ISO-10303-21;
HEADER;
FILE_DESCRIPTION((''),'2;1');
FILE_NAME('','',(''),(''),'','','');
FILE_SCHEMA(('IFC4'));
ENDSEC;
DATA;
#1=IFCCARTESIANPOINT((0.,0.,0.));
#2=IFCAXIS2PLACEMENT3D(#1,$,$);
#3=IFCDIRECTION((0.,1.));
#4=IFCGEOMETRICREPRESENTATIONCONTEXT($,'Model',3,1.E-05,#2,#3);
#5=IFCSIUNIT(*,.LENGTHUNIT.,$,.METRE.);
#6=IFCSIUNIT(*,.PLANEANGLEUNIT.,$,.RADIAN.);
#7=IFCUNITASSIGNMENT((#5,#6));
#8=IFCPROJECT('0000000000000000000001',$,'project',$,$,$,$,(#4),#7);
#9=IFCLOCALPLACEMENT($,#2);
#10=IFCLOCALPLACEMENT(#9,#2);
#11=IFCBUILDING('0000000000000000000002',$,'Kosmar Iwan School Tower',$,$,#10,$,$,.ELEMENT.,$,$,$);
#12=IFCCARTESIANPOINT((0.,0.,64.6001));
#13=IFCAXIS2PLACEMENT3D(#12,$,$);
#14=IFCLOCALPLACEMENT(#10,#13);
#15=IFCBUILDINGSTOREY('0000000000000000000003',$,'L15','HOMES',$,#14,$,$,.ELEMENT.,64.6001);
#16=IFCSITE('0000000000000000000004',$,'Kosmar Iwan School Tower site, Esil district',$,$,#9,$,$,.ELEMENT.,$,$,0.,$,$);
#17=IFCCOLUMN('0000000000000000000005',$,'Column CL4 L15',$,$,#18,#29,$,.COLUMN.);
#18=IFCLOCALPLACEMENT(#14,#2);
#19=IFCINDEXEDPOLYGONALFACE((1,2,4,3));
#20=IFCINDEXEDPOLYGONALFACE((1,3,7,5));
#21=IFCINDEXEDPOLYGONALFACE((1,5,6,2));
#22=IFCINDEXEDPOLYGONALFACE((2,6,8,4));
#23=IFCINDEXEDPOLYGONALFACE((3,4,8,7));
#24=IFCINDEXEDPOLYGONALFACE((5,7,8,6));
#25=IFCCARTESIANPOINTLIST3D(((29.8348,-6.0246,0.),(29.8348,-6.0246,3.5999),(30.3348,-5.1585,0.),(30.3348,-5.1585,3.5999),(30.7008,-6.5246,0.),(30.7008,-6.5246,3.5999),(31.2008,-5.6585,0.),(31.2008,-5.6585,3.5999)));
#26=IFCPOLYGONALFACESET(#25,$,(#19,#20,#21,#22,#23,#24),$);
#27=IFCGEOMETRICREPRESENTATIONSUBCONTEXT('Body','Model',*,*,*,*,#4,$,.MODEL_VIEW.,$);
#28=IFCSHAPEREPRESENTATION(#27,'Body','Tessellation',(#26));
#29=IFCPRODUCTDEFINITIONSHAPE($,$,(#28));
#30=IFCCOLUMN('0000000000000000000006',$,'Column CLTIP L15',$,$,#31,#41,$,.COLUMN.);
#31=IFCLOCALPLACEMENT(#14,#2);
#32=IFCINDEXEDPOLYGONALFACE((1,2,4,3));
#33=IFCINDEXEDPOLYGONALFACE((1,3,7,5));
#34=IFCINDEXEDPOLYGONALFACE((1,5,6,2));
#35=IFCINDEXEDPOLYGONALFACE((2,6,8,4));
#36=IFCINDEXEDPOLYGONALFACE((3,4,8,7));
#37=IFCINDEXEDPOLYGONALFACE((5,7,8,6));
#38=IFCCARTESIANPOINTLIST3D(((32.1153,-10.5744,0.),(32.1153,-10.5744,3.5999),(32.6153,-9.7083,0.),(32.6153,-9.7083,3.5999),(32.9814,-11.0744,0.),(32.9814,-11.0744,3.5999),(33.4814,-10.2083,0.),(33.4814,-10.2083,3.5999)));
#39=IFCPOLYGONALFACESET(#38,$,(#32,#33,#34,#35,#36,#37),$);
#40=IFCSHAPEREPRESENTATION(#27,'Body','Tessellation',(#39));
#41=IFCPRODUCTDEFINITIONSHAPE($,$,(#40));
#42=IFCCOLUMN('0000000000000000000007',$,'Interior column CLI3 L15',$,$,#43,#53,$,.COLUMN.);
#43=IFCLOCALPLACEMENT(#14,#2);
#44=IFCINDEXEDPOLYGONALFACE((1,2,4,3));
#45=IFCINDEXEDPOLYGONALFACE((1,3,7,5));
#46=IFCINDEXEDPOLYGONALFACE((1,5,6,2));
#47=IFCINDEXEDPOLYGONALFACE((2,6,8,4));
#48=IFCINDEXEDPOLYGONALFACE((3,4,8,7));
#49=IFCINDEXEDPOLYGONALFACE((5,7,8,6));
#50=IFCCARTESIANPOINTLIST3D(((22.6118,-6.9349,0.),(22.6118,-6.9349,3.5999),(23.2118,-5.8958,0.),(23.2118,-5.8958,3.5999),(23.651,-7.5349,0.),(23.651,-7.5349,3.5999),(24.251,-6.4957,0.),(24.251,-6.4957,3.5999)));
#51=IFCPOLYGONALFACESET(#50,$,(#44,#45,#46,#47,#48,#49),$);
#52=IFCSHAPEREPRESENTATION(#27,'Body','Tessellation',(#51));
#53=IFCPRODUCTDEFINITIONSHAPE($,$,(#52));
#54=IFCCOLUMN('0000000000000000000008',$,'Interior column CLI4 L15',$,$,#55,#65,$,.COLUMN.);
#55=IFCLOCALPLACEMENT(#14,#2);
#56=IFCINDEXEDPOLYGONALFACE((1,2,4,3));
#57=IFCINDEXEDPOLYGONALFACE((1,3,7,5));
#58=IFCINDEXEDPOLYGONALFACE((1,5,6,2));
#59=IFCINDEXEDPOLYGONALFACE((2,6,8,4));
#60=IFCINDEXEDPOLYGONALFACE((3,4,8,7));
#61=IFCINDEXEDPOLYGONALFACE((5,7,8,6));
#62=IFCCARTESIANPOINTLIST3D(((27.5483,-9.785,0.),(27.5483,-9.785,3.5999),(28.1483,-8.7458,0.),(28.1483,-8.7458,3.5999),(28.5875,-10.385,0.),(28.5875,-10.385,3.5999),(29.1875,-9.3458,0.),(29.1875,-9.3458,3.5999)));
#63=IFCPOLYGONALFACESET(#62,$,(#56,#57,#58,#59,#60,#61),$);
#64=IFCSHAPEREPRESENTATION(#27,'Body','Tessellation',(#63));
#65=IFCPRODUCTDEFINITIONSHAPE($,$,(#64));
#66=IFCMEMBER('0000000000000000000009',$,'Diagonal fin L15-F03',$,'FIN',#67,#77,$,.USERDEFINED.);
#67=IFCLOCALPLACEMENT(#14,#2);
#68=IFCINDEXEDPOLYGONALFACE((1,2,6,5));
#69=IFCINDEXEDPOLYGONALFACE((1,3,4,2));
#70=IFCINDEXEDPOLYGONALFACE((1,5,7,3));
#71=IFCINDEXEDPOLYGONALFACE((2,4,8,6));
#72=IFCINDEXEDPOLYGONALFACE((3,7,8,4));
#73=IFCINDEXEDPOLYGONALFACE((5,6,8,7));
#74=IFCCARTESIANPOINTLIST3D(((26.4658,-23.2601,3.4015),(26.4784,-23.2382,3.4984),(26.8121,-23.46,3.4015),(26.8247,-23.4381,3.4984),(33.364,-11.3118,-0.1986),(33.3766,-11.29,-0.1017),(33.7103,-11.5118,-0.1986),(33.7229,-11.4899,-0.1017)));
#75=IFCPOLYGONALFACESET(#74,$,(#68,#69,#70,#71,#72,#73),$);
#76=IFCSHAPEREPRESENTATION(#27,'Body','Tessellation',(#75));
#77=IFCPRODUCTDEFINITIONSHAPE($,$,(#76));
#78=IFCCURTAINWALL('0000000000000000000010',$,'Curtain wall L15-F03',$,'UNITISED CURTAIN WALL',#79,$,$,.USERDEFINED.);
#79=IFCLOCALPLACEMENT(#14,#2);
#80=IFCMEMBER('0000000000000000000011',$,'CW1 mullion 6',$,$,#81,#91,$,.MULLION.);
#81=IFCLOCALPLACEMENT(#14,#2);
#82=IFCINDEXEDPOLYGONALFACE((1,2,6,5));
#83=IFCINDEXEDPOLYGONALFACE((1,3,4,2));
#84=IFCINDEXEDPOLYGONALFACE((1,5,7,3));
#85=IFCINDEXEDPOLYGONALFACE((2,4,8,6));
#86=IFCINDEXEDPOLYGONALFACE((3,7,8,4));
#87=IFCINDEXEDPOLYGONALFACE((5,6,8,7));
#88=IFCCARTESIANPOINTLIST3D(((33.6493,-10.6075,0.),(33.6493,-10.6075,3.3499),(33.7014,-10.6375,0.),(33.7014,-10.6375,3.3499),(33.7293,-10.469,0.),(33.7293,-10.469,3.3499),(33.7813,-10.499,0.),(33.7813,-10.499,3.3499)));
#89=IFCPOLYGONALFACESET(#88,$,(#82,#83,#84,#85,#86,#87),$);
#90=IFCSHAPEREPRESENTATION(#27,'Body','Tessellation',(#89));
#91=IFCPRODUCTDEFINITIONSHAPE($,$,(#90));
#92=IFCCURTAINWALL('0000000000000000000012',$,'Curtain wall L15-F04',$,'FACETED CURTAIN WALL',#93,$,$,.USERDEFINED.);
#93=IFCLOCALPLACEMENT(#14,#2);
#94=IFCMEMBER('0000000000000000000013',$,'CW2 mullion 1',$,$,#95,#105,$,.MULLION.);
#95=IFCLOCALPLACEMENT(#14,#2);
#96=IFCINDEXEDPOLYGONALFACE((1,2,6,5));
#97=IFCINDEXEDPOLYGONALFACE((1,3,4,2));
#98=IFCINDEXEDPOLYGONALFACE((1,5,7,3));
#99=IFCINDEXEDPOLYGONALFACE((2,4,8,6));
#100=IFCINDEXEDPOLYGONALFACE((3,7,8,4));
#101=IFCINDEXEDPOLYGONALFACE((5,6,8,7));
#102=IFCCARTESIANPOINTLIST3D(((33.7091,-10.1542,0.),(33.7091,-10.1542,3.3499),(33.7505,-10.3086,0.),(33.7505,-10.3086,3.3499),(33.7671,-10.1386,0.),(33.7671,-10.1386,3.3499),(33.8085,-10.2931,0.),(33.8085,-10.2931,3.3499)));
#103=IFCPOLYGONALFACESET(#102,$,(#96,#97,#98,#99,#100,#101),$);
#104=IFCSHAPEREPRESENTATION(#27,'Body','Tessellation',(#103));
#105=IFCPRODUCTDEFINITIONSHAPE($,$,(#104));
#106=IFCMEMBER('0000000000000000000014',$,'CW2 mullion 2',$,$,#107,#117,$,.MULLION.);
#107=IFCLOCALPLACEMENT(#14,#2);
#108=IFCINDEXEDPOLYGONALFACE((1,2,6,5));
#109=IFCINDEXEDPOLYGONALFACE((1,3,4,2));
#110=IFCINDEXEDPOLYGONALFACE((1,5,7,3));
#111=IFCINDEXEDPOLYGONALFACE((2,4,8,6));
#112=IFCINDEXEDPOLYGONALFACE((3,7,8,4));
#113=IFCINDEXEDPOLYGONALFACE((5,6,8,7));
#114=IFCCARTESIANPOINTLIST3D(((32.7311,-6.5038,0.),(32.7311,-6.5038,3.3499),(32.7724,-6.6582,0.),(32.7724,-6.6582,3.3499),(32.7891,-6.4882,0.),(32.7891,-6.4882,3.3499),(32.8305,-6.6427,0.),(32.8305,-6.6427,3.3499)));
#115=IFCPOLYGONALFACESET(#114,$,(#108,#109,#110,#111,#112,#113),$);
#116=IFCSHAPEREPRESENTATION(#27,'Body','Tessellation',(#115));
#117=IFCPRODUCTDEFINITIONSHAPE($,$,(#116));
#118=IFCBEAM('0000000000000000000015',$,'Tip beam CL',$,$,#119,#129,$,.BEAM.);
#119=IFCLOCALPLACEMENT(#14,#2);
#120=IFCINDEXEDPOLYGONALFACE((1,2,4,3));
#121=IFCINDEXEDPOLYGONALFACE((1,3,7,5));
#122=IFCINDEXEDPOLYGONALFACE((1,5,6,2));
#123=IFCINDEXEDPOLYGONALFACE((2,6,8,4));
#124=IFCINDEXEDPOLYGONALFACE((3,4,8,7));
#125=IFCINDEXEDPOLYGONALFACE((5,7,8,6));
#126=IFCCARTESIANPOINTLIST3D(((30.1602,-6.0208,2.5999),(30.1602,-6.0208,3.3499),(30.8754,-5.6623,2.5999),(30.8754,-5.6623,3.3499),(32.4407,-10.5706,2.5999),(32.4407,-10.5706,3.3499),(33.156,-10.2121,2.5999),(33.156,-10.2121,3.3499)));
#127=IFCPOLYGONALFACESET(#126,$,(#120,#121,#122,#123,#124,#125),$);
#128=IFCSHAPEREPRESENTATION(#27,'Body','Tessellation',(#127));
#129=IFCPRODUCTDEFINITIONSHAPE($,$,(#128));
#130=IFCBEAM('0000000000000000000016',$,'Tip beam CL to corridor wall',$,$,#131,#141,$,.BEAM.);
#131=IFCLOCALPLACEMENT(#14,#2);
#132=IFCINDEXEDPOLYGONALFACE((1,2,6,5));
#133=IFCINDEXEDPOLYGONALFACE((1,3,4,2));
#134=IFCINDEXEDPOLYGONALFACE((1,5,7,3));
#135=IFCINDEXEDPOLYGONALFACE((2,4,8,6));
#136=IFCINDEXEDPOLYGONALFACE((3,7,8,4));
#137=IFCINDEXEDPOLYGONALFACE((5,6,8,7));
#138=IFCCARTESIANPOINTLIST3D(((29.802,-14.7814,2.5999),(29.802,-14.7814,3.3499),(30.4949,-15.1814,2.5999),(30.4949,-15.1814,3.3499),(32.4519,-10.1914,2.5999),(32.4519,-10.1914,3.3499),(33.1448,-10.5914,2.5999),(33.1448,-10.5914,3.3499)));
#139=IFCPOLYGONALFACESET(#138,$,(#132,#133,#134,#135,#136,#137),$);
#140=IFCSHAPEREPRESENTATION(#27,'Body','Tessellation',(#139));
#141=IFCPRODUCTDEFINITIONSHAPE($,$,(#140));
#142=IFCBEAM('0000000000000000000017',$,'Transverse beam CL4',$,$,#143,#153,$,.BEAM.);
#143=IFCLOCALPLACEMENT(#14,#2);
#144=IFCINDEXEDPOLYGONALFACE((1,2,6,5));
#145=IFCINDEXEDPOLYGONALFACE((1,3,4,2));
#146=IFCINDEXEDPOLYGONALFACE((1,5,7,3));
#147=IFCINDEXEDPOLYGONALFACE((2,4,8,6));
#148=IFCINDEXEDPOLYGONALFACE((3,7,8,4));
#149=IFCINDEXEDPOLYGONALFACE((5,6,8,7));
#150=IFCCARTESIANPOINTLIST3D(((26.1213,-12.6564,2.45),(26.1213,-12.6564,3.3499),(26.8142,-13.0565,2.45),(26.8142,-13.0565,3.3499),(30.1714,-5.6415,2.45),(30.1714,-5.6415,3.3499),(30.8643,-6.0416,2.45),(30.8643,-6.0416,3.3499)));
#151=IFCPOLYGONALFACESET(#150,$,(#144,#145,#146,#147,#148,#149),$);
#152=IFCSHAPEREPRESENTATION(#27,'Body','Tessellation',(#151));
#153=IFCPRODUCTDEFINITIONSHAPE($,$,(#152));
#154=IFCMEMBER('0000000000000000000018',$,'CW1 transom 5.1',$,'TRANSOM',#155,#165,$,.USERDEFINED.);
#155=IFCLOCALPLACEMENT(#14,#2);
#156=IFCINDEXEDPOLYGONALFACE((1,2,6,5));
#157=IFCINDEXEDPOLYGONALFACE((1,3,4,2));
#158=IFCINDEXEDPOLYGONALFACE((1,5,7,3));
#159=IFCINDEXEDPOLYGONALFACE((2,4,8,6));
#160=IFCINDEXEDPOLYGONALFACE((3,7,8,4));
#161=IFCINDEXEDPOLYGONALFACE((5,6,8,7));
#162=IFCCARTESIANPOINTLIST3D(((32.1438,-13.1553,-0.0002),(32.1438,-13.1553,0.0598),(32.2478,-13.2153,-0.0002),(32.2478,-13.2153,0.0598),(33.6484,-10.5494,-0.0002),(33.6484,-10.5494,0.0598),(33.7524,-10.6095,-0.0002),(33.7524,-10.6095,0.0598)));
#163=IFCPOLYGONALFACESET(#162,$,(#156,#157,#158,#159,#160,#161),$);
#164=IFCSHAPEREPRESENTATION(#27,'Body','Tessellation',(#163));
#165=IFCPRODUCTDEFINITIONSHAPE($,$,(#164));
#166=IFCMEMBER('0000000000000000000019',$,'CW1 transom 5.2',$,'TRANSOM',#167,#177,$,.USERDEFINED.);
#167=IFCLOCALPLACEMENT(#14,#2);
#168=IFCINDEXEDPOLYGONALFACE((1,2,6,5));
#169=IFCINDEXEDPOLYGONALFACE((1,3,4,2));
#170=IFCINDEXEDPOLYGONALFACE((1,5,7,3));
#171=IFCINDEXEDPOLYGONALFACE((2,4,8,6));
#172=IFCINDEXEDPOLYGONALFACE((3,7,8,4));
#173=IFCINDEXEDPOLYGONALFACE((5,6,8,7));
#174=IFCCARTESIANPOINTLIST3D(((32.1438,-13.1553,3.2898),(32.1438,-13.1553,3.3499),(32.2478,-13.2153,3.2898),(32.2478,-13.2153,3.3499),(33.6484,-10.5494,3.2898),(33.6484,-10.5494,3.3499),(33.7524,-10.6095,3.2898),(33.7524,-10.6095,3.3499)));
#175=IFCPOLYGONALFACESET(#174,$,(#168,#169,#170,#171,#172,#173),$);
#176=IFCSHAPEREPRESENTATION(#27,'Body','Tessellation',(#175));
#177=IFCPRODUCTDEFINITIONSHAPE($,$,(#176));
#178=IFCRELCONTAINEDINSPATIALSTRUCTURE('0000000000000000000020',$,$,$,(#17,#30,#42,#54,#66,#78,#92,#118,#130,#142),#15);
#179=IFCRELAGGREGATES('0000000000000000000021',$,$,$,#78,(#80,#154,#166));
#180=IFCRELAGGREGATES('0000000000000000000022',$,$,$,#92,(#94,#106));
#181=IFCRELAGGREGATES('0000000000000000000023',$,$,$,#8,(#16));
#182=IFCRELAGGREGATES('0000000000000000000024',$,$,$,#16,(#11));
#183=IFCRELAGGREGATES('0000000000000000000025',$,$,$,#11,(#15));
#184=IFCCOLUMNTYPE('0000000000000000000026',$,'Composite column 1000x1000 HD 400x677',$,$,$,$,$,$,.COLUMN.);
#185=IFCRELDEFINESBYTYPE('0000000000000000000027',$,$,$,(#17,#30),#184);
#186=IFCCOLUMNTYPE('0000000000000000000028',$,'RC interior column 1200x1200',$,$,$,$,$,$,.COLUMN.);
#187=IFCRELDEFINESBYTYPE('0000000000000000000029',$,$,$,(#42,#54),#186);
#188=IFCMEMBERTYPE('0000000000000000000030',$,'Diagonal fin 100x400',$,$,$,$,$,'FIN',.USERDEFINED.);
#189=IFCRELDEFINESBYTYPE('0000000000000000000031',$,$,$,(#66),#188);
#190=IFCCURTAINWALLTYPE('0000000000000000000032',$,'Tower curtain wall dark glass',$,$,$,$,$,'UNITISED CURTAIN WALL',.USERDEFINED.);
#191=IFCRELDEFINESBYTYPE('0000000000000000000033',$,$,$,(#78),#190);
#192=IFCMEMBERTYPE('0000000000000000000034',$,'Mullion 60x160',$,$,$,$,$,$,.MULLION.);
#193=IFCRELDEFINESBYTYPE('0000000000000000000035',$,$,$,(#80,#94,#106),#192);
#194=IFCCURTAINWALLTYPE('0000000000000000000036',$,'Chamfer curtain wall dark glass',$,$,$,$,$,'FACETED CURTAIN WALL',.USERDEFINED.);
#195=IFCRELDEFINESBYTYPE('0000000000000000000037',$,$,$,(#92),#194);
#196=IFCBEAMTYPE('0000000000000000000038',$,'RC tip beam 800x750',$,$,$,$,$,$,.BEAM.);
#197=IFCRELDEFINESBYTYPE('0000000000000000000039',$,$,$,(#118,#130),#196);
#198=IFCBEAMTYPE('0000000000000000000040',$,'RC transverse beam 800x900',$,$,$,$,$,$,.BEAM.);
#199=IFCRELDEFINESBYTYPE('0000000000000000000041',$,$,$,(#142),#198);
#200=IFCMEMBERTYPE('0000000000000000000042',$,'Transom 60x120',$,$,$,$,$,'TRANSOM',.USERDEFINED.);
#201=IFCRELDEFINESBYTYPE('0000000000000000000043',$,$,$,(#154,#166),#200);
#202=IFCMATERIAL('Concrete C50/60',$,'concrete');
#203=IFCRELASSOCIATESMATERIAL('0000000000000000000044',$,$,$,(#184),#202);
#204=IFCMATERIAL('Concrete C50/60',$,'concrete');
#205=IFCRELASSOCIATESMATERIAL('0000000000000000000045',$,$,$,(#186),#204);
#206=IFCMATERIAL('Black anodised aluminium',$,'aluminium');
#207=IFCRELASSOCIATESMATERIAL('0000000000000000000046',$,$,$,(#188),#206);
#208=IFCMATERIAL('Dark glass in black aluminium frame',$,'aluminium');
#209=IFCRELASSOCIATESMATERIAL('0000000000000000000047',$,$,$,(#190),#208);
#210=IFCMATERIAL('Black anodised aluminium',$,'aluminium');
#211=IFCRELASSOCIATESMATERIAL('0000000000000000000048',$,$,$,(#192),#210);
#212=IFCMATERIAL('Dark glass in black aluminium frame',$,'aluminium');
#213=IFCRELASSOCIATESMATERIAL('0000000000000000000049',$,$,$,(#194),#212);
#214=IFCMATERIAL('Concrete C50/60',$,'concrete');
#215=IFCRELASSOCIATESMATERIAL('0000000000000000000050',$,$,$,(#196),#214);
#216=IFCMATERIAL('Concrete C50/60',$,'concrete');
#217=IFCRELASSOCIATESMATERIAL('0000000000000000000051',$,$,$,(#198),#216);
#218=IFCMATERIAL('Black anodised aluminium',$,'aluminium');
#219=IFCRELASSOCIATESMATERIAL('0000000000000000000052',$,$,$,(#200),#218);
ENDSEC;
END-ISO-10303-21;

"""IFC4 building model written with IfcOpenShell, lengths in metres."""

from ifc_helpers import new_model, si_unit, direction, frame, origin, origin_2d, place, context, subcontext, project, spatial, rectangle, extrude, material, material_profile, profile_set, type_object, element, aggregate, save


model = new_model("IFC4")

# Units and contexts
model_context = context("Model", 3, precision=1e-05, world=origin(), true_north=direction((0.0, 1.0)))
body_context = subcontext(model_context, "Body", "Model", "MODEL_VIEW")
ifc_project = project(units=[si_unit("LENGTHUNIT", "METRE"), si_unit("PLANEANGLEUNIT", "RADIAN")], contexts=[model_context])

# Site, building, storey
site_placement = place(None, origin())
site = spatial("IfcSite", under=ifc_project, at=site_placement, Name="Kosmar Iwan School Tower site, Esil district", CompositionType="ELEMENT", RefElevation=0.0)
building_placement = place(site_placement, origin())
building = spatial("IfcBuilding", under=site, at=building_placement, Name="Kosmar Iwan School Tower", CompositionType="ELEMENT")
storey_placement = place(building_placement, frame((0.0, 0.0, 64.6001)))
storey = spatial("IfcBuildingStorey", under=building, at=storey_placement, Name="L15", Description="HOMES", CompositionType="ELEMENT", Elevation=64.6001)

# Columns
ifc_material_1 = material(Name="Concrete C50/60", Category="concrete")
ifc_material_profile_1 = material_profile(ifc_material_1, rectangle(XDim=1.0, YDim=1.0, at=origin_2d()), Name="RC 1000x1000 + HD 400x677")
ifc_profile_set_1 = profile_set([ifc_material_profile_1], Name="Concrete C50/60")
column_type_1 = type_object("IfcColumnType", Name="Composite column 1000x1000 HD 400x677", PredefinedType="COLUMN", material=ifc_profile_set_1)
for number, where, z_axis, x_axis, name in (
    (1, (30.5178, -5.8416, 0.0), (0.0, 0.0, 1.0), (0.866025, -0.5, 0.0), "Column CL4 L15"),
    (2, (32.7983, -10.3914, 0.0), (0.0, 0.0, 1.0), (0.866025, -0.5, 0.0), "Column CLTIP L15"),
):
    element("IfcColumn", number, at=place(storey_placement, frame(where, z_axis=z_axis, x_axis=x_axis)), inside=storey, type_object=column_type_1, Name=name, PredefinedType="COLUMN", context=body_context, shape_type="SweptSolid", body=[
        extrude(rectangle(XDim=1.0, YDim=1.0, at=origin_2d()), origin(), (0.0, 0.0, 1.0), 3.5999),
    ])
ifc_material_2 = material(Name="Concrete C50/60", Category="concrete")
ifc_material_profile_2 = material_profile(ifc_material_2, rectangle(XDim=1.2, YDim=1.2, at=origin_2d()), Name="RC 1200x1200")
ifc_profile_set_2 = profile_set([ifc_material_profile_2], Name="Concrete C50/60")
column_type_2 = type_object("IfcColumnType", Name="RC interior column 1200x1200", PredefinedType="COLUMN", material=ifc_profile_set_2)
for number, where, z_axis, x_axis, name in (
    (3, (23.4314, -6.7153, 0.0), (0.0, 0.0, 1.0), (0.866025, -0.5, 0.0), "Interior column CLI3 L15"),
    (4, (28.3679, -9.5654, 0.0), (0.0, 0.0, 1.0), (0.866025, -0.5, 0.0), "Interior column CLI4 L15"),
):
    element("IfcColumn", number, at=place(storey_placement, frame(where, z_axis=z_axis, x_axis=x_axis)), inside=storey, type_object=column_type_2, Name=name, PredefinedType="COLUMN", context=body_context, shape_type="SweptSolid", body=[
        extrude(rectangle(XDim=1.2, YDim=1.2, at=origin_2d()), origin(), (0.0, 0.0, 1.0), 3.5999),
    ])

# Member
ifc_material_3 = material(Name="Black anodised aluminium", Category="aluminium")
ifc_material_profile_3 = material_profile(ifc_material_3, rectangle(XDim=0.1001, YDim=0.3999, at=origin_2d()), Name="FIN 100x400")
ifc_profile_set_3 = profile_set([ifc_material_profile_3], Name="Black anodised aluminium")
member_type_1 = type_object("IfcMemberType", Name="Diagonal fin 100x400", ElementType="FIN", PredefinedType="USERDEFINED", material=ifc_profile_set_3)
member_1_placement = place(storey_placement, frame((33.5435, -11.4009, -0.1501), z_axis=(-0.483793, -0.83797, 0.252487), x_axis=(0.126242, 0.218661, 0.9676)))
element("IfcMember", 5, at=member_1_placement, inside=storey, type_object=member_type_1, Name="Diagonal fin L15-F03", ObjectType="FIN", PredefinedType="USERDEFINED", context=body_context, shape_type="SweptSolid", body=[
    extrude(rectangle(XDim=0.1001, YDim=0.3999, at=origin_2d()), origin(), (0.0, 0.0, 1.0), 14.2585),
])

# Curtain wall, member
ifc_material_4 = material(Name="Dark glass in black aluminium frame", Category="aluminium")
curtain_wall_type_1 = type_object("IfcCurtainWallType", Name="Tower curtain wall dark glass", ElementType="UNITISED CURTAIN WALL", PredefinedType="USERDEFINED", material=ifc_material_4)
curtain_wall_1_placement = place(storey_placement, origin())
curtain_wall_1 = element("IfcCurtainWall", 6, at=curtain_wall_1_placement, inside=storey, type_object=curtain_wall_type_1, Name="Curtain wall L15-F03", ObjectType="UNITISED CURTAIN WALL", PredefinedType="USERDEFINED")
ifc_material_5 = material(Name="Black anodised aluminium", Category="aluminium")
ifc_material_profile_4 = material_profile(ifc_material_5, rectangle(XDim=0.0601, YDim=0.1599, at=origin_2d()), Name="MULLION 60x160")
ifc_profile_set_4 = profile_set([ifc_material_profile_4], Name="Black anodised aluminium")
member_type_2 = type_object("IfcMemberType", Name="Mullion 60x160", PredefinedType="MULLION", material=ifc_profile_set_4)
member_2_placement = place(storey_placement, frame((33.7153, -10.5532, 0.0), z_axis=(0.0, 0.0, 1.0), x_axis=(-0.866025, 0.5, 0.0)))
member_2 = element("IfcMember", 7, at=member_2_placement, type_object=member_type_2, Name="CW1 mullion 6", PredefinedType="MULLION", context=body_context, shape_type="SweptSolid", body=[
    extrude(rectangle(XDim=0.0601, YDim=0.1599, at=origin_2d()), origin(), (0.0, 0.0, 1.0), 3.3499),
])

# Curtain wall, members
ifc_material_6 = material(Name="Dark glass in black aluminium frame", Category="aluminium")
curtain_wall_type_2 = type_object("IfcCurtainWallType", Name="Chamfer curtain wall dark glass", ElementType="FACETED CURTAIN WALL", PredefinedType="USERDEFINED", material=ifc_material_6)
curtain_wall_2_placement = place(storey_placement, origin())
curtain_wall_2 = element("IfcCurtainWall", 8, at=curtain_wall_2_placement, inside=storey, type_object=curtain_wall_type_2, Name="Curtain wall L15-F04", ObjectType="FACETED CURTAIN WALL", PredefinedType="USERDEFINED")
member_3_placement = place(storey_placement, frame((33.7588, -10.2236, 0.0), z_axis=(0.0, 0.0, 1.0), x_axis=(-0.965926, -0.258819, 0.0)))
member_3 = element("IfcMember", 9, at=member_3_placement, type_object=member_type_2, Name="CW2 mullion 1", PredefinedType="MULLION", context=body_context, shape_type="SweptSolid", body=[
    extrude(rectangle(XDim=0.0601, YDim=0.1599, at=origin_2d()), origin(), (0.0, 0.0, 1.0), 3.3499),
])
member_4_placement = place(storey_placement, frame((32.7808, -6.5732, 0.0), z_axis=(0.0, 0.0, 1.0), x_axis=(-0.965926, -0.258819, 0.0)))
member_4 = element("IfcMember", 10, at=member_4_placement, type_object=member_type_2, Name="CW2 mullion 2", PredefinedType="MULLION", context=body_context, shape_type="SweptSolid", body=[
    extrude(rectangle(XDim=0.0601, YDim=0.1599, at=origin_2d()), origin(), (0.0, 0.0, 1.0), 3.3499),
])

# Beams
ifc_material_7 = material(Name="Concrete C50/60", Category="concrete")
ifc_material_profile_5 = material_profile(ifc_material_7, rectangle(XDim=0.8, YDim=0.75, at=origin_2d()), Name="RC 800x750")
ifc_profile_set_5 = profile_set([ifc_material_profile_5], Name="Concrete C50/60")
beam_type_1 = type_object("IfcBeamType", Name="RC tip beam 800x750", PredefinedType="BEAM", material=ifc_profile_set_5)
beam_1_placement = place(storey_placement, frame((30.5178, -5.8416, 2.9749), z_axis=(0.448096, -0.893985, 0.0), x_axis=(0.893985, 0.448096, 0.0)))
element("IfcBeam", 11, at=beam_1_placement, inside=storey, type_object=beam_type_1, Name="Tip beam CL", PredefinedType="BEAM", context=body_context, shape_type="SweptSolid", body=[
    extrude(rectangle(XDim=0.8, YDim=0.75, at=origin_2d()), origin(), (0.0, 0.0, 1.0), 5.0894),
])
beam_2_placement = place(storey_placement, frame((32.7983, -10.3914, 2.9749), z_axis=(-0.499974, -0.866041, 0.0), x_axis=(0.866041, -0.499974, 0.0)))
element("IfcBeam", 12, at=beam_2_placement, inside=storey, type_object=beam_type_1, Name="Tip beam CL to corridor wall", PredefinedType="BEAM", context=body_context, shape_type="SweptSolid", body=[
    extrude(rectangle(XDim=0.8, YDim=0.75, at=origin_2d()), origin(), (0.0, 0.0, 1.0), 5.3),
])
ifc_material_8 = material(Name="Concrete C50/60", Category="concrete")
ifc_material_profile_6 = material_profile(ifc_material_8, rectangle(XDim=0.8, YDim=0.8999, at=origin_2d()), Name="RC 800x900")
ifc_profile_set_6 = profile_set([ifc_material_profile_6], Name="Concrete C50/60")
beam_type_2 = type_object("IfcBeamType", Name="RC transverse beam 800x900", PredefinedType="BEAM", material=ifc_profile_set_6)
beam_3_placement = place(storey_placement, frame((30.5178, -5.8416, 2.8999), z_axis=(-0.5, -0.866025, 0.0), x_axis=(0.866025, -0.5, 0.0)))
element("IfcBeam", 13, at=beam_3_placement, inside=storey, type_object=beam_type_2, Name="Transverse beam CL4", PredefinedType="BEAM", context=body_context, shape_type="SweptSolid", body=[
    extrude(rectangle(XDim=0.8, YDim=0.8999, at=origin_2d()), origin(), (0.0, 0.0, 1.0), 8.1001),
])

# Members
ifc_material_9 = material(Name="Black anodised aluminium", Category="aluminium")
ifc_material_profile_7 = material_profile(ifc_material_9, rectangle(XDim=0.1201, YDim=0.0601, at=origin_2d()), Name="TRANSOM 60x120")
ifc_profile_set_7 = profile_set([ifc_material_profile_7], Name="Black anodised aluminium")
member_type_3 = type_object("IfcMemberType", Name="Transom 60x120", ElementType="TRANSOM", PredefinedType="USERDEFINED", material=ifc_profile_set_7)
member_5_placement = place(storey_placement, frame((32.1958, -13.1853, 0.0298), z_axis=(0.500022, 0.866013, 0.0), x_axis=(-0.866013, 0.500022, 0.0)))
member_5 = element("IfcMember", 14, at=member_5_placement, type_object=member_type_3, Name="CW1 transom 5.1", ObjectType="TRANSOM", PredefinedType="USERDEFINED", context=body_context, shape_type="SweptSolid", body=[
    extrude(rectangle(XDim=0.1201, YDim=0.0601, at=origin_2d()), origin(), (0.0, 0.0, 1.0), 3.009),
])
member_6_placement = place(storey_placement, frame((32.1958, -13.1853, 3.3198), z_axis=(0.500022, 0.866013, 0.0), x_axis=(-0.866013, 0.500022, 0.0)))
member_6 = element("IfcMember", 15, at=member_6_placement, type_object=member_type_3, Name="CW1 transom 5.2", ObjectType="TRANSOM", PredefinedType="USERDEFINED", context=body_context, shape_type="SweptSolid", body=[
    extrude(rectangle(XDim=0.1201, YDim=0.0601, at=origin_2d()), origin(), (0.0, 0.0, 1.0), 3.009),
])

aggregate(curtain_wall_1, [member_2, member_5, member_6])
aggregate(curtain_wall_2, [member_3, member_4])

save(model, "model.ifc")
